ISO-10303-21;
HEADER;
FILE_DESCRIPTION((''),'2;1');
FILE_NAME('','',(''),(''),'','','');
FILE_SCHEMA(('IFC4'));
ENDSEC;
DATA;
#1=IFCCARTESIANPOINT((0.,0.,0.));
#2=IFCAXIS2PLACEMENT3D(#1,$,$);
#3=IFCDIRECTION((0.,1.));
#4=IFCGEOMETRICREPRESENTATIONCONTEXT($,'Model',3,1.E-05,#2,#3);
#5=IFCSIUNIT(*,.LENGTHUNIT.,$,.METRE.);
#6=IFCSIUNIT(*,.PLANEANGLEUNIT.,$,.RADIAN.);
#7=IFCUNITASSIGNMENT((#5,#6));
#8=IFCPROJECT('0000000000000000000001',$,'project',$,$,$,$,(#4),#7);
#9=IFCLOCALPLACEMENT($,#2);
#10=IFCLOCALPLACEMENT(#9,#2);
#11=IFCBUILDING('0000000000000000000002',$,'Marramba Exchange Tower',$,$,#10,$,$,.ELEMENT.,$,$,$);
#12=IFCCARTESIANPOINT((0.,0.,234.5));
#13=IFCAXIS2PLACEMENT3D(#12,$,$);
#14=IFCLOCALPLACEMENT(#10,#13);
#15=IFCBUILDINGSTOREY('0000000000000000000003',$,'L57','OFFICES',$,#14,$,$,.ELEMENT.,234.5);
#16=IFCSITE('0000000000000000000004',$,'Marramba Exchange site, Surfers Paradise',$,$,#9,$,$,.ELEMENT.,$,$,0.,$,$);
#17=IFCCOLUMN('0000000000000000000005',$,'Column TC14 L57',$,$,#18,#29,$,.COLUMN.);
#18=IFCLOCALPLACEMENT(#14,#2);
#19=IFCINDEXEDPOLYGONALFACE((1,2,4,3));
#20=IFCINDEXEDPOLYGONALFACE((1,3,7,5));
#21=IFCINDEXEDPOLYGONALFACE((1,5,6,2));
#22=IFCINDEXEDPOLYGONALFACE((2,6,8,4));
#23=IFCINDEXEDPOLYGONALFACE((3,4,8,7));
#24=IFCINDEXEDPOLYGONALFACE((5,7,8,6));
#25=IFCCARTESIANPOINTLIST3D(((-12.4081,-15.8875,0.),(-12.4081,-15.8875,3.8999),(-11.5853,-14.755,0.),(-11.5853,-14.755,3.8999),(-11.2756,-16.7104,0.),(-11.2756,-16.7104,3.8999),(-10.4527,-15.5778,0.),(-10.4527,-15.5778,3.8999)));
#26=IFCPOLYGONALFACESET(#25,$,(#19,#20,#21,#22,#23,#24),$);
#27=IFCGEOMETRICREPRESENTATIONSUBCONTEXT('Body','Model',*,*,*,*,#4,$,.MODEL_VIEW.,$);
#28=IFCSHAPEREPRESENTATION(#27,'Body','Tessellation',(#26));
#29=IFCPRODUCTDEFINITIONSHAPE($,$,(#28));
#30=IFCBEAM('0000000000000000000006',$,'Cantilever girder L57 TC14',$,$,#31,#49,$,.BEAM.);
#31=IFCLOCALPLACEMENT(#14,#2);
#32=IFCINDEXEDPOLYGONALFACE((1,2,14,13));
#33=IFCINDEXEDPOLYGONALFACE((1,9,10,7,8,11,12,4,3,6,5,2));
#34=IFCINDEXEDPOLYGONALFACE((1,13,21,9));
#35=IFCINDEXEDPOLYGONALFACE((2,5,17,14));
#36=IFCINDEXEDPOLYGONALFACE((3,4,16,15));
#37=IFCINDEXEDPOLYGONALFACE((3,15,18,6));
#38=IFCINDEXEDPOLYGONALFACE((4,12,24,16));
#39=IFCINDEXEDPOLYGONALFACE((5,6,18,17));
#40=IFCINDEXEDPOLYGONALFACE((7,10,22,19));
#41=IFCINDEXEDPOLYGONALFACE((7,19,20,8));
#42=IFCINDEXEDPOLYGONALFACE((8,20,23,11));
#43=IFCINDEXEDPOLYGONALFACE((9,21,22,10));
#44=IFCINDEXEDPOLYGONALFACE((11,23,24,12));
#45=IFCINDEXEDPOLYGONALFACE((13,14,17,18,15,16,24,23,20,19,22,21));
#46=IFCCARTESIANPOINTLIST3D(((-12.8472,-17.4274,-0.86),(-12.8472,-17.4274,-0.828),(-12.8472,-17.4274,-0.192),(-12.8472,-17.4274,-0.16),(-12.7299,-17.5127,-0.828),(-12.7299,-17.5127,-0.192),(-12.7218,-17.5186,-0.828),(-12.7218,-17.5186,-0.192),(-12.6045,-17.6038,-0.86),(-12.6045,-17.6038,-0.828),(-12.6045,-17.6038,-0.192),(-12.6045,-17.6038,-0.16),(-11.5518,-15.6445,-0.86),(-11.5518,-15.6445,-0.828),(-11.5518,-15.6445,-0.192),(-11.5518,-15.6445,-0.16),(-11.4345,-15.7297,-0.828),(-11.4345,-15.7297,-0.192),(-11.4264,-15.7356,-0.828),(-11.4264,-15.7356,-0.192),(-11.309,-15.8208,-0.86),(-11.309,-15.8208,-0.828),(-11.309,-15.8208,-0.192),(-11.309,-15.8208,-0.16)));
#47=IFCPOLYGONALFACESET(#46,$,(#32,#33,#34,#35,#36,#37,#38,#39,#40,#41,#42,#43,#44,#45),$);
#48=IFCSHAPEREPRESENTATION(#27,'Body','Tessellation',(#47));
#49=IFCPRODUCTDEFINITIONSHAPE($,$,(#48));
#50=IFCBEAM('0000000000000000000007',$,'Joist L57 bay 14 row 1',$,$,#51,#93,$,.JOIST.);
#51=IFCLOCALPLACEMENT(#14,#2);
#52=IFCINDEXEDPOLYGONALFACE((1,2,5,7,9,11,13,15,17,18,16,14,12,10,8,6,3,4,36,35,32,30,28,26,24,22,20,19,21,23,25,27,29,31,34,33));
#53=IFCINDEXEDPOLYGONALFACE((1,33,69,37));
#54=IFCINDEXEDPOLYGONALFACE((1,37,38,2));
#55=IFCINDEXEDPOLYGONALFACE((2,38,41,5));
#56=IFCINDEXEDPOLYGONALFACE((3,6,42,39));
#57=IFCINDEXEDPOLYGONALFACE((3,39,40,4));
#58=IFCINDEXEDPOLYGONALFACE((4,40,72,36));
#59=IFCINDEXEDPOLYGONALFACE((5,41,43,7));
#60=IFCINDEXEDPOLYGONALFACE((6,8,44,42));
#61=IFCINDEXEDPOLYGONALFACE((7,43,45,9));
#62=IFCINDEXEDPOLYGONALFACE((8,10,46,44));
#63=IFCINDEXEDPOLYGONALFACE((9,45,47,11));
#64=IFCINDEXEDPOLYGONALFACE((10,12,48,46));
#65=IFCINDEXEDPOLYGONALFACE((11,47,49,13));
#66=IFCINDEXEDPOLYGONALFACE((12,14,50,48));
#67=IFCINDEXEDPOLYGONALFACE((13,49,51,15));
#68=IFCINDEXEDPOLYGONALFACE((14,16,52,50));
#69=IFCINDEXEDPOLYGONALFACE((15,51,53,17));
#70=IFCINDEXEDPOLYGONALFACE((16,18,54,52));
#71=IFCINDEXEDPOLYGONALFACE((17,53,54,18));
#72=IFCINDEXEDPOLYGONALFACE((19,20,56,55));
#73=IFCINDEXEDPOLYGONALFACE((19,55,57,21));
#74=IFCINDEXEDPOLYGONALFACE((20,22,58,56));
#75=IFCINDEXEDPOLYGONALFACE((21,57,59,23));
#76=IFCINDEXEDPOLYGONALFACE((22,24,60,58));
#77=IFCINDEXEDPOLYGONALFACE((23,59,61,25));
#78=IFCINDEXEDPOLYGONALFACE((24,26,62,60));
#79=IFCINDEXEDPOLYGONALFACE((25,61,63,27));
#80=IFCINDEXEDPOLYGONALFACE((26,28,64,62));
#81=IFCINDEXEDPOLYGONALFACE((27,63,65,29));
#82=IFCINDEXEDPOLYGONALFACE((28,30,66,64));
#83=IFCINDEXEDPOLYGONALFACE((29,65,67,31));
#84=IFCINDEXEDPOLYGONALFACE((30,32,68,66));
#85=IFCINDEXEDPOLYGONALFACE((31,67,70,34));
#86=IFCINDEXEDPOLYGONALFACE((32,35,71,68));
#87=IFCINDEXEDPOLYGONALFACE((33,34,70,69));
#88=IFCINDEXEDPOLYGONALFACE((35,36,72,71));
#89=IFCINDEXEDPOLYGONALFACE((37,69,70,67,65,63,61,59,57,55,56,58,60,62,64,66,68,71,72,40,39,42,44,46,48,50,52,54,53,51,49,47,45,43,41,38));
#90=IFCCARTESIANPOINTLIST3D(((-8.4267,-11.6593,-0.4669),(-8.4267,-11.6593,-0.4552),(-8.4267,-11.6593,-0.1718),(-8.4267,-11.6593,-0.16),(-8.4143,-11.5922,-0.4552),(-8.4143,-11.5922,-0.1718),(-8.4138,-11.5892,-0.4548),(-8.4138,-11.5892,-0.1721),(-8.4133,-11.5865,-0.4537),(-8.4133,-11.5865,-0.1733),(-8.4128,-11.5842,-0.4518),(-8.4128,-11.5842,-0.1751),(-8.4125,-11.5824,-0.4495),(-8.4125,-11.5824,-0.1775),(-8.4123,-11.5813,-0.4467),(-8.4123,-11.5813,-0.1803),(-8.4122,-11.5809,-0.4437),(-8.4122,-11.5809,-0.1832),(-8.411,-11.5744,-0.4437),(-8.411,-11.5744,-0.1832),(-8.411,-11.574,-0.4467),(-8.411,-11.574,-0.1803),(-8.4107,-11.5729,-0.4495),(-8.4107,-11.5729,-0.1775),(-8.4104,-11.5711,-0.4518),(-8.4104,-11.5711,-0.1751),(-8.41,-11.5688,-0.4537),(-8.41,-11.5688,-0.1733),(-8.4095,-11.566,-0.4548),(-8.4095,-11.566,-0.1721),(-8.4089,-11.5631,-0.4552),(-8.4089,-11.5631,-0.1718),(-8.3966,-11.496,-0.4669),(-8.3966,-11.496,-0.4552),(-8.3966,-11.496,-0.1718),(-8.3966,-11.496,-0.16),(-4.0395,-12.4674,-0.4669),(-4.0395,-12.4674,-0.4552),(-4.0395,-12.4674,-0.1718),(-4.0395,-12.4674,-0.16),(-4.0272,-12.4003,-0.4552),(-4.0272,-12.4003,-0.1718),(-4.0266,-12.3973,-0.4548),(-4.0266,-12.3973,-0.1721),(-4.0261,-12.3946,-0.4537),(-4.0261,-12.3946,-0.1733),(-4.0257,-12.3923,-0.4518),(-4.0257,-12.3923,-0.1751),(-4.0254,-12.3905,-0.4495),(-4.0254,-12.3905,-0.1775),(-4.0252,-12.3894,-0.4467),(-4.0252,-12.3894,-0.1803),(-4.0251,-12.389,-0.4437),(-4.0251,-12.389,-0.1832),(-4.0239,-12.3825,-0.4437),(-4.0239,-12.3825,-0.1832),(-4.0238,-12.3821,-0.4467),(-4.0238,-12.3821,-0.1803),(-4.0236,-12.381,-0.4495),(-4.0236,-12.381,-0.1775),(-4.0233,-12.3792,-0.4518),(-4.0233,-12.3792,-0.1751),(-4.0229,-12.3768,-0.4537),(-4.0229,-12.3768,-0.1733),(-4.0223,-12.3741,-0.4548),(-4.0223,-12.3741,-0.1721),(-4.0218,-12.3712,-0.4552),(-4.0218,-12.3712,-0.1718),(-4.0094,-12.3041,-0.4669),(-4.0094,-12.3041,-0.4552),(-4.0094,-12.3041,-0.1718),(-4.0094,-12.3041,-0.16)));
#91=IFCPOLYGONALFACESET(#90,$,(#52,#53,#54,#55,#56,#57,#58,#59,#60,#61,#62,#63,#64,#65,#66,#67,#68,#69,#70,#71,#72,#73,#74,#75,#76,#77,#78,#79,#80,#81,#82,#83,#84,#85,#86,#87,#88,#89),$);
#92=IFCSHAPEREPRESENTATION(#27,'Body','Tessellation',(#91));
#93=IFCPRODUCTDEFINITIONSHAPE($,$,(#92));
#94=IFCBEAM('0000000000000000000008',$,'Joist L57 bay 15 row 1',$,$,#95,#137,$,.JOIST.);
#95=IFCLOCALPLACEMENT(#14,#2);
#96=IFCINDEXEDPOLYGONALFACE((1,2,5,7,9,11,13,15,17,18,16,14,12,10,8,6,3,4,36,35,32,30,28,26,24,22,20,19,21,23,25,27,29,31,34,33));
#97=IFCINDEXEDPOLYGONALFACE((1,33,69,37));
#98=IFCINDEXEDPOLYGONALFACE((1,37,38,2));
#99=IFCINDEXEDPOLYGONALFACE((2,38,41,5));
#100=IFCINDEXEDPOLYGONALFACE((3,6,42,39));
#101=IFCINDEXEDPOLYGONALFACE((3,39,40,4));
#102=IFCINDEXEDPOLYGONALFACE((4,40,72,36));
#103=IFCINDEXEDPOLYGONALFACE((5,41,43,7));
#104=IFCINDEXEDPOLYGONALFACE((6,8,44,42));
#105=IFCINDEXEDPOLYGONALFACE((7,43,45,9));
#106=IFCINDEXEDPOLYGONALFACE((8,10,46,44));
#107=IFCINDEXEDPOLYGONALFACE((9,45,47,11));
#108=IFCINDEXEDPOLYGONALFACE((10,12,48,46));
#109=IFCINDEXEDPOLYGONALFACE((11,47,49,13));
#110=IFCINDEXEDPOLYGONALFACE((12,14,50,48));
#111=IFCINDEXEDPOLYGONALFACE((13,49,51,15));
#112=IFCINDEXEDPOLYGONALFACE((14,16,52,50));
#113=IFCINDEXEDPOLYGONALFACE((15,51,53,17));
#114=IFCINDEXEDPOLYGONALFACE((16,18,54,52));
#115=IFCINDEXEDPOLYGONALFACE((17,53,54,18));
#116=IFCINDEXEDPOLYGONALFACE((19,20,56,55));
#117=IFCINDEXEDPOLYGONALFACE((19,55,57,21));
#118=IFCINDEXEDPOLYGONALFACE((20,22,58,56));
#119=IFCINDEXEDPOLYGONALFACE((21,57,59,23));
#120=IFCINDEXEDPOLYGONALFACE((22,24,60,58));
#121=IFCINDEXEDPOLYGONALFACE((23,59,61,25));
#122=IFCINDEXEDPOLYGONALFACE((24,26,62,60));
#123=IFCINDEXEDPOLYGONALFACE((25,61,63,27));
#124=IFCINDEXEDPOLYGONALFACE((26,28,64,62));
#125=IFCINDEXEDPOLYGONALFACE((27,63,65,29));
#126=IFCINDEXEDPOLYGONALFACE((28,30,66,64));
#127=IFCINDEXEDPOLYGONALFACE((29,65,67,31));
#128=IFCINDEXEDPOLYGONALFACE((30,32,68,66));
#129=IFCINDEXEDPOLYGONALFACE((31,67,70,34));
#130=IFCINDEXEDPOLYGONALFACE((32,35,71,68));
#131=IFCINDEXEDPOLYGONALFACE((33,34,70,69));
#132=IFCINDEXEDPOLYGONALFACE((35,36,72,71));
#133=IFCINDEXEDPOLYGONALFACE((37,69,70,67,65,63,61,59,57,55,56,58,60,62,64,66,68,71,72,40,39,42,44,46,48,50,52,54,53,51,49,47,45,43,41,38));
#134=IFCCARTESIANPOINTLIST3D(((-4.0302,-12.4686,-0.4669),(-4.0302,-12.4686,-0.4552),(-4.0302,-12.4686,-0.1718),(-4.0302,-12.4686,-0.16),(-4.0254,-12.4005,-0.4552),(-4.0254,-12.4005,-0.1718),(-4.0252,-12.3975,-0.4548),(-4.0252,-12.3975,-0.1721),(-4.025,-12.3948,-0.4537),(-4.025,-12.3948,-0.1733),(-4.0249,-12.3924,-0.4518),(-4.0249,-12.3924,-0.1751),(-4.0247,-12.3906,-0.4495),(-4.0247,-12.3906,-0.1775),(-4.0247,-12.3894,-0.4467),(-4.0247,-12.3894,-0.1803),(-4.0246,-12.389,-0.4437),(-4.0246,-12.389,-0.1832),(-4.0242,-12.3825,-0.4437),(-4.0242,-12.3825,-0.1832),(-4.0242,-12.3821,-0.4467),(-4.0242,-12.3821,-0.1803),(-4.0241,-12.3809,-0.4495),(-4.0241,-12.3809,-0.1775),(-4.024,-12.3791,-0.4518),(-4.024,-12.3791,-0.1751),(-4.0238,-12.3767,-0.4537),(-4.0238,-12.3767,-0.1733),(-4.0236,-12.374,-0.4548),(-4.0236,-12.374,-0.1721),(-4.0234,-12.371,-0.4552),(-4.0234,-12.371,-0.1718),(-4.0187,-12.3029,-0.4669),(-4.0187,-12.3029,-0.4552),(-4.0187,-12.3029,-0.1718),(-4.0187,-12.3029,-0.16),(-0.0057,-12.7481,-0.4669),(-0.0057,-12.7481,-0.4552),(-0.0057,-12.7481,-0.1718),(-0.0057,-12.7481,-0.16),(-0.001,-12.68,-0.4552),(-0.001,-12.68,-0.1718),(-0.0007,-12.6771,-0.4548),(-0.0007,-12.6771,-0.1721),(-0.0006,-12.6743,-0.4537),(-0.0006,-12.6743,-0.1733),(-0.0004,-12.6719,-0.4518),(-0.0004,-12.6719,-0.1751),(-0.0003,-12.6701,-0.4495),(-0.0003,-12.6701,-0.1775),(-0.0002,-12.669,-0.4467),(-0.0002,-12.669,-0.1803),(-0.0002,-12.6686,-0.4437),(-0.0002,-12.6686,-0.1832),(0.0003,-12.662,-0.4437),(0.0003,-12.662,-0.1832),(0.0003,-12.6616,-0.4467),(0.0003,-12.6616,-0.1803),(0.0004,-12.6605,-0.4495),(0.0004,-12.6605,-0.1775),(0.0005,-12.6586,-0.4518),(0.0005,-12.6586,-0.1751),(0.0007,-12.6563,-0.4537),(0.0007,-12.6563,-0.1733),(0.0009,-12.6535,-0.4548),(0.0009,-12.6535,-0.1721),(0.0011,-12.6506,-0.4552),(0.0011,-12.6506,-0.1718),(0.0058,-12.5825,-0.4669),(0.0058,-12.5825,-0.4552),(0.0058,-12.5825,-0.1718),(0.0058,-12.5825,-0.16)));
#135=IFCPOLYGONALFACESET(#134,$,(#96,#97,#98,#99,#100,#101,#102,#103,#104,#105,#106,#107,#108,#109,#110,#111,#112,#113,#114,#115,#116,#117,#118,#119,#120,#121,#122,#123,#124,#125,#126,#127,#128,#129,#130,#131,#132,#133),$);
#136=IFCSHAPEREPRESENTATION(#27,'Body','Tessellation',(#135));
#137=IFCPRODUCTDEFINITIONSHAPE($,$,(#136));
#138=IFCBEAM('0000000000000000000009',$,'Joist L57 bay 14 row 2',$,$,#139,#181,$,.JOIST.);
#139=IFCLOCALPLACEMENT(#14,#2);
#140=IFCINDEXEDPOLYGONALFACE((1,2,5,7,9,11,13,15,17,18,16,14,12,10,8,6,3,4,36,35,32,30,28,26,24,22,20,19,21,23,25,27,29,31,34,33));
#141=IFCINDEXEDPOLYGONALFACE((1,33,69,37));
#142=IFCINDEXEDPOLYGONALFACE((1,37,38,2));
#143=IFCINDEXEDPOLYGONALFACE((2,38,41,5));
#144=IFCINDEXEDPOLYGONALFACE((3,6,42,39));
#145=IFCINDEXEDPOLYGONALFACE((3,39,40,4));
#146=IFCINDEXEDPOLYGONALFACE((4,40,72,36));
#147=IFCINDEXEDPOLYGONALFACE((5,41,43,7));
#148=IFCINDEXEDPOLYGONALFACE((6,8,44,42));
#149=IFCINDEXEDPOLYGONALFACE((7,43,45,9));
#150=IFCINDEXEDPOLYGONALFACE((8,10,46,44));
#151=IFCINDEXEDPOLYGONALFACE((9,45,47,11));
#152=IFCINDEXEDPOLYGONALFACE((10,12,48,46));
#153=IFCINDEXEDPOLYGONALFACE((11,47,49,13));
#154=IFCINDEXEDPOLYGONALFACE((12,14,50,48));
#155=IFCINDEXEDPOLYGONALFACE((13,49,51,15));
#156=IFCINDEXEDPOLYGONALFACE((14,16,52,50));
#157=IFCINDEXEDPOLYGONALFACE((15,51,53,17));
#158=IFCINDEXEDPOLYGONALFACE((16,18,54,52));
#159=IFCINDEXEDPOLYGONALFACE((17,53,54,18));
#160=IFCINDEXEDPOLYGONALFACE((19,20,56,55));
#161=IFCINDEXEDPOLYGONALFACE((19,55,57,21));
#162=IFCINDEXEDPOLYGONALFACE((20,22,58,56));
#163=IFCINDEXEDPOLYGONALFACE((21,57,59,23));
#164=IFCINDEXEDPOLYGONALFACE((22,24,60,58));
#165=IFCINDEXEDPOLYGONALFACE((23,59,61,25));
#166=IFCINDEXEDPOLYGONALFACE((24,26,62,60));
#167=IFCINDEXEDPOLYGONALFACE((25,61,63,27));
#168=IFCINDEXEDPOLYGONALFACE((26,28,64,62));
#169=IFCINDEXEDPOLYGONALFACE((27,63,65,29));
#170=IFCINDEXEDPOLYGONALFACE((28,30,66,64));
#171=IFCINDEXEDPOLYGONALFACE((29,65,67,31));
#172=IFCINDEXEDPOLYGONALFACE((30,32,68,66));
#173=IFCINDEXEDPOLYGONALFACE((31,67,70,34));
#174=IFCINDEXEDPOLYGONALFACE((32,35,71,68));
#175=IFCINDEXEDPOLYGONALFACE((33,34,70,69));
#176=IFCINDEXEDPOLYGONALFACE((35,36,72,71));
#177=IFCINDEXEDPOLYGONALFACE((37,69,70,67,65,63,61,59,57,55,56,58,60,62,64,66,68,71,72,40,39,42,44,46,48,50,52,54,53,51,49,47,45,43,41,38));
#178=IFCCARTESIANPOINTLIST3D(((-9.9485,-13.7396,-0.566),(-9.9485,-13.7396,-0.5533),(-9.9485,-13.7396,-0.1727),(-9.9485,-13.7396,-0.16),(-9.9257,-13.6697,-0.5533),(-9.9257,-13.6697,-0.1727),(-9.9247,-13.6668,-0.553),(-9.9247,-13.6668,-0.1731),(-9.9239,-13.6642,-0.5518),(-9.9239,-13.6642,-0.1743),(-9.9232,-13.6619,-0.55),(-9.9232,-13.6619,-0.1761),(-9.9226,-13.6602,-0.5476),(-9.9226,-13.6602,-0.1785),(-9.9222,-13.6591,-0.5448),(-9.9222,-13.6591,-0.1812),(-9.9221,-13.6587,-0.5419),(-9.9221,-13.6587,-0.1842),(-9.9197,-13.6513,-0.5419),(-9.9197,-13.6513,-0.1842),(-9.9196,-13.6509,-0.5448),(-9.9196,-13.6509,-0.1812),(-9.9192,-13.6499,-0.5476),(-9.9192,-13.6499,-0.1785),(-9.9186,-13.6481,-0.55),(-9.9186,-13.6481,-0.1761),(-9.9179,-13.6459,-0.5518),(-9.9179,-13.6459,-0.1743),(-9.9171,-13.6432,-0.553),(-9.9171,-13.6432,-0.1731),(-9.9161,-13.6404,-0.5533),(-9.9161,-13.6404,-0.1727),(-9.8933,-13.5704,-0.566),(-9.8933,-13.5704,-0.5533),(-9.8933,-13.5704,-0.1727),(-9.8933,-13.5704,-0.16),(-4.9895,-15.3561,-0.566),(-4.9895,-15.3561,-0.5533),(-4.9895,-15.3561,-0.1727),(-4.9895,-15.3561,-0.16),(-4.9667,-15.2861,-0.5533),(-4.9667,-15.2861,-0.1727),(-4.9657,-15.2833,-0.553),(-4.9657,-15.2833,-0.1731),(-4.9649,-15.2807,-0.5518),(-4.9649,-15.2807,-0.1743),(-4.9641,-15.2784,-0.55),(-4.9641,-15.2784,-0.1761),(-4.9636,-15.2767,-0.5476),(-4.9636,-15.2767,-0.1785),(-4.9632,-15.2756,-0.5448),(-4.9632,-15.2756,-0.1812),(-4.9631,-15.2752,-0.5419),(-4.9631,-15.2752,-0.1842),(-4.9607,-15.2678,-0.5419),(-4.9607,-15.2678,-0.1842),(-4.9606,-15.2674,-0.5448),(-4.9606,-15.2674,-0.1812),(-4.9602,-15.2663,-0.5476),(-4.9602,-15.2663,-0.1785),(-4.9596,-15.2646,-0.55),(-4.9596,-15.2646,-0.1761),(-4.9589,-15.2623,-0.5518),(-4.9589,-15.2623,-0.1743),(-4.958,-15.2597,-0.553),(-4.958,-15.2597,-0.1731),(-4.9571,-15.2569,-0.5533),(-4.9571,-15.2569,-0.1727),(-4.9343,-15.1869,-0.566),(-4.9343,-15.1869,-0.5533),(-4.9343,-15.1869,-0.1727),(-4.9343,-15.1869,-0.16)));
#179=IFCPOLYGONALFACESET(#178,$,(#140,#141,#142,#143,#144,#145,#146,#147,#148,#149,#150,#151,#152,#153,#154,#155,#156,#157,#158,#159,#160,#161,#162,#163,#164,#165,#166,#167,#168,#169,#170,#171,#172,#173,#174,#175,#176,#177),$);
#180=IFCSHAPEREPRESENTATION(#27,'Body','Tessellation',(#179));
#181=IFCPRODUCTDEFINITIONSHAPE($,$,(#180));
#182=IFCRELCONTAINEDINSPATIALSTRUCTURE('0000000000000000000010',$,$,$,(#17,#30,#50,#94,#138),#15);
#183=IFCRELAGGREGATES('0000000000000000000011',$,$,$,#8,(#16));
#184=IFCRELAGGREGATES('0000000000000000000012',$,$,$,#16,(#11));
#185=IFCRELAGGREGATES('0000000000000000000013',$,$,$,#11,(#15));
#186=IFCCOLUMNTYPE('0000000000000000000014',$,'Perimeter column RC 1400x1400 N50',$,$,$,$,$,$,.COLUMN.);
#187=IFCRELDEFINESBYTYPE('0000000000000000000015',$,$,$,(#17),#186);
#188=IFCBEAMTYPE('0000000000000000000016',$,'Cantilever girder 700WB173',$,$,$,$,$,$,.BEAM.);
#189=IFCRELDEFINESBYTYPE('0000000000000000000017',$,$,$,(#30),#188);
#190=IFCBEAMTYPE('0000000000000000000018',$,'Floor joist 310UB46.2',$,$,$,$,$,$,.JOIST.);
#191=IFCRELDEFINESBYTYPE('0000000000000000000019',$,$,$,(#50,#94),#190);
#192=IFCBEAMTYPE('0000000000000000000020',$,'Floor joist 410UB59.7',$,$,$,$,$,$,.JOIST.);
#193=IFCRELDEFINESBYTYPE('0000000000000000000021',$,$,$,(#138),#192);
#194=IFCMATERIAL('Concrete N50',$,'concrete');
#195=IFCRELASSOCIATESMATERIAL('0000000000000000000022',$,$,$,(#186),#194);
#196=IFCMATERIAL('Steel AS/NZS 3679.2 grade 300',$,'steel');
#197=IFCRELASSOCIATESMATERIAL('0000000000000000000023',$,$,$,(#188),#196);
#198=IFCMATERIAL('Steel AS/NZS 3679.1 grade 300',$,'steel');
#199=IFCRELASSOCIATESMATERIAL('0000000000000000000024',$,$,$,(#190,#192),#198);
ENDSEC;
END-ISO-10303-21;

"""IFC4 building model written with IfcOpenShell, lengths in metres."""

from ifc_helpers import new_model, si_unit, direction, frame, origin, origin_2d, place, context, subcontext, project, spatial, rectangle, i_section, extrude, material, material_profile, profile_set, type_object, element, save


model = new_model("IFC4")

# Units and contexts
model_context = context("Model", 3, precision=1e-05, world=origin(), true_north=direction((0.0, 1.0)))
body_context = subcontext(model_context, "Body", "Model", "MODEL_VIEW")
ifc_project = project(units=[si_unit("LENGTHUNIT", "METRE"), si_unit("PLANEANGLEUNIT", "RADIAN")], contexts=[model_context])

# Site, building, storey
site_placement = place(None, origin())
site = spatial("IfcSite", under=ifc_project, at=site_placement, Name="Marramba Exchange site, Surfers Paradise", CompositionType="ELEMENT", RefElevation=0.0)
building_placement = place(site_placement, origin())
building = spatial("IfcBuilding", under=site, at=building_placement, Name="Marramba Exchange Tower", CompositionType="ELEMENT")
storey_placement = place(building_placement, frame((0.0, 0.0, 234.5)))
storey = spatial("IfcBuildingStorey", under=building, at=storey_placement, Name="L57", Description="OFFICES", CompositionType="ELEMENT", Elevation=234.5)

# Column
ifc_material_1 = material(Name="Concrete N50", Category="concrete")
ifc_material_profile_1 = material_profile(ifc_material_1, rectangle(XDim=1.3999, YDim=1.3999, at=origin_2d()), Name="RC 1400x1400")
ifc_profile_set_1 = profile_set([ifc_material_profile_1], Name="Concrete N50")
column_type = type_object("IfcColumnType", Name="Perimeter column RC 1400x1400 N50", PredefinedType="COLUMN", material=ifc_profile_set_1)
column_placement = place(storey_placement, frame((-11.4304, -15.7327, 0.0), z_axis=(0.0, 0.0, 1.0), x_axis=(-0.587785, -0.809017, 0.0)))
element("IfcColumn", 1, at=column_placement, inside=storey, type_object=column_type, Name="Column TC14 L57", PredefinedType="COLUMN", context=body_context, shape_type="SweptSolid", body=[
    extrude(rectangle(XDim=1.3999, YDim=1.3999, at=origin_2d()), origin(), (0.0, 0.0, 1.0), 3.8999),
])

# Beams
ifc_material_2 = material(Name="Steel AS/NZS 3679.2 grade 300", Category="steel")
ifc_material_profile_2 = material_profile(ifc_material_2, i_section(OverallWidth=0.3, OverallDepth=0.7, WebThickness=0.01, FlangeThickness=0.032, at=origin_2d()), Name="700WB173")
ifc_profile_set_2 = profile_set([ifc_material_profile_2], Name="Steel AS/NZS 3679.2 grade 300")
beam_type_1 = type_object("IfcBeamType", Name="Cantilever girder 700WB173", PredefinedType="BEAM", material=ifc_profile_set_2)
beam_1_placement = place(storey_placement, frame((-11.4304, -15.7327, -0.51), z_axis=(-0.58779, -0.809014, 0.0), x_axis=(0.809014, -0.58779, 0.0)))
element("IfcBeam", 2, at=beam_1_placement, inside=storey, type_object=beam_type_1, Name="Cantilever girder L57 TC14", PredefinedType="BEAM", context=body_context, shape_type="SweptSolid", body=[
    extrude(i_section(OverallWidth=0.3, OverallDepth=0.7, WebThickness=0.01, FlangeThickness=0.032, at=origin_2d()), origin(), (0.0, 0.0, 1.0), 2.2039),
])
ifc_material_3 = material(Name="Steel AS/NZS 3679.1 grade 300", Category="steel")
ifc_material_profile_3 = material_profile(ifc_material_3, i_section(OverallWidth=0.166, OverallDepth=0.3069, WebThickness=0.0066, FlangeThickness=0.0117, FilletRadius=0.0115, at=origin_2d()), Name="310UB46.2")
ifc_profile_set_3 = profile_set([ifc_material_profile_3], Name="Steel AS/NZS 3679.1 grade 300")
beam_type_2 = type_object("IfcBeamType", Name="Floor joist 310UB46.2", PredefinedType="JOIST", material=ifc_profile_set_3)
beam_2_placement = place(storey_placement, frame((-8.4116, -11.5776, -0.3135), z_axis=(0.983456, -0.181149, 0.0), x_axis=(0.181149, 0.983456, 0.0)))
element("IfcBeam", 3, at=beam_2_placement, inside=storey, type_object=beam_type_2, Name="Joist L57 bay 14 row 1", PredefinedType="JOIST", context=body_context, shape_type="SweptSolid", body=[
    extrude(i_section(OverallWidth=0.166, OverallDepth=0.3069, WebThickness=0.0066, FlangeThickness=0.0117, FilletRadius=0.0115, at=origin_2d()), origin(), (0.0, 0.0, 1.0), 4.4609),
])
beam_3_placement = place(storey_placement, frame((-4.0244, -12.3857, -0.3135), z_axis=(0.997596, -0.069294, 0.0), x_axis=(0.069294, 0.997596, 0.0)))
element("IfcBeam", 4, at=beam_3_placement, inside=storey, type_object=beam_type_2, Name="Joist L57 bay 15 row 1", PredefinedType="JOIST", context=body_context, shape_type="SweptSolid", body=[
    extrude(i_section(OverallWidth=0.166, OverallDepth=0.3069, WebThickness=0.0066, FlangeThickness=0.0117, FilletRadius=0.0115, at=origin_2d()), origin(), (0.0, 0.0, 1.0), 4.0342),
])
ifc_material_profile_4 = material_profile(ifc_material_3, i_section(OverallWidth=0.178, OverallDepth=0.406, WebThickness=0.0078, FlangeThickness=0.0127, FilletRadius=0.0115, at=origin_2d()), Name="410UB59.7")
ifc_profile_set_4 = profile_set([ifc_material_profile_4], Name="Steel AS/NZS 3679.1 grade 300")
beam_type_3 = type_object("IfcBeamType", Name="Floor joist 410UB59.7", PredefinedType="JOIST", material=ifc_profile_set_4)
beam_4_placement = place(storey_placement, frame((-9.9209, -13.655, -0.363), z_axis=(0.950764, -0.309916, 0.0), x_axis=(0.309916, 0.950764, 0.0)))
element("IfcBeam", 5, at=beam_4_placement, inside=storey, type_object=beam_type_3, Name="Joist L57 bay 14 row 2", PredefinedType="JOIST", context=body_context, shape_type="SweptSolid", body=[
    extrude(i_section(OverallWidth=0.178, OverallDepth=0.406, WebThickness=0.0078, FlangeThickness=0.0127, FilletRadius=0.0115, at=origin_2d()), origin(), (0.0, 0.0, 1.0), 5.2158),
])

save(model, "model.ifc")
